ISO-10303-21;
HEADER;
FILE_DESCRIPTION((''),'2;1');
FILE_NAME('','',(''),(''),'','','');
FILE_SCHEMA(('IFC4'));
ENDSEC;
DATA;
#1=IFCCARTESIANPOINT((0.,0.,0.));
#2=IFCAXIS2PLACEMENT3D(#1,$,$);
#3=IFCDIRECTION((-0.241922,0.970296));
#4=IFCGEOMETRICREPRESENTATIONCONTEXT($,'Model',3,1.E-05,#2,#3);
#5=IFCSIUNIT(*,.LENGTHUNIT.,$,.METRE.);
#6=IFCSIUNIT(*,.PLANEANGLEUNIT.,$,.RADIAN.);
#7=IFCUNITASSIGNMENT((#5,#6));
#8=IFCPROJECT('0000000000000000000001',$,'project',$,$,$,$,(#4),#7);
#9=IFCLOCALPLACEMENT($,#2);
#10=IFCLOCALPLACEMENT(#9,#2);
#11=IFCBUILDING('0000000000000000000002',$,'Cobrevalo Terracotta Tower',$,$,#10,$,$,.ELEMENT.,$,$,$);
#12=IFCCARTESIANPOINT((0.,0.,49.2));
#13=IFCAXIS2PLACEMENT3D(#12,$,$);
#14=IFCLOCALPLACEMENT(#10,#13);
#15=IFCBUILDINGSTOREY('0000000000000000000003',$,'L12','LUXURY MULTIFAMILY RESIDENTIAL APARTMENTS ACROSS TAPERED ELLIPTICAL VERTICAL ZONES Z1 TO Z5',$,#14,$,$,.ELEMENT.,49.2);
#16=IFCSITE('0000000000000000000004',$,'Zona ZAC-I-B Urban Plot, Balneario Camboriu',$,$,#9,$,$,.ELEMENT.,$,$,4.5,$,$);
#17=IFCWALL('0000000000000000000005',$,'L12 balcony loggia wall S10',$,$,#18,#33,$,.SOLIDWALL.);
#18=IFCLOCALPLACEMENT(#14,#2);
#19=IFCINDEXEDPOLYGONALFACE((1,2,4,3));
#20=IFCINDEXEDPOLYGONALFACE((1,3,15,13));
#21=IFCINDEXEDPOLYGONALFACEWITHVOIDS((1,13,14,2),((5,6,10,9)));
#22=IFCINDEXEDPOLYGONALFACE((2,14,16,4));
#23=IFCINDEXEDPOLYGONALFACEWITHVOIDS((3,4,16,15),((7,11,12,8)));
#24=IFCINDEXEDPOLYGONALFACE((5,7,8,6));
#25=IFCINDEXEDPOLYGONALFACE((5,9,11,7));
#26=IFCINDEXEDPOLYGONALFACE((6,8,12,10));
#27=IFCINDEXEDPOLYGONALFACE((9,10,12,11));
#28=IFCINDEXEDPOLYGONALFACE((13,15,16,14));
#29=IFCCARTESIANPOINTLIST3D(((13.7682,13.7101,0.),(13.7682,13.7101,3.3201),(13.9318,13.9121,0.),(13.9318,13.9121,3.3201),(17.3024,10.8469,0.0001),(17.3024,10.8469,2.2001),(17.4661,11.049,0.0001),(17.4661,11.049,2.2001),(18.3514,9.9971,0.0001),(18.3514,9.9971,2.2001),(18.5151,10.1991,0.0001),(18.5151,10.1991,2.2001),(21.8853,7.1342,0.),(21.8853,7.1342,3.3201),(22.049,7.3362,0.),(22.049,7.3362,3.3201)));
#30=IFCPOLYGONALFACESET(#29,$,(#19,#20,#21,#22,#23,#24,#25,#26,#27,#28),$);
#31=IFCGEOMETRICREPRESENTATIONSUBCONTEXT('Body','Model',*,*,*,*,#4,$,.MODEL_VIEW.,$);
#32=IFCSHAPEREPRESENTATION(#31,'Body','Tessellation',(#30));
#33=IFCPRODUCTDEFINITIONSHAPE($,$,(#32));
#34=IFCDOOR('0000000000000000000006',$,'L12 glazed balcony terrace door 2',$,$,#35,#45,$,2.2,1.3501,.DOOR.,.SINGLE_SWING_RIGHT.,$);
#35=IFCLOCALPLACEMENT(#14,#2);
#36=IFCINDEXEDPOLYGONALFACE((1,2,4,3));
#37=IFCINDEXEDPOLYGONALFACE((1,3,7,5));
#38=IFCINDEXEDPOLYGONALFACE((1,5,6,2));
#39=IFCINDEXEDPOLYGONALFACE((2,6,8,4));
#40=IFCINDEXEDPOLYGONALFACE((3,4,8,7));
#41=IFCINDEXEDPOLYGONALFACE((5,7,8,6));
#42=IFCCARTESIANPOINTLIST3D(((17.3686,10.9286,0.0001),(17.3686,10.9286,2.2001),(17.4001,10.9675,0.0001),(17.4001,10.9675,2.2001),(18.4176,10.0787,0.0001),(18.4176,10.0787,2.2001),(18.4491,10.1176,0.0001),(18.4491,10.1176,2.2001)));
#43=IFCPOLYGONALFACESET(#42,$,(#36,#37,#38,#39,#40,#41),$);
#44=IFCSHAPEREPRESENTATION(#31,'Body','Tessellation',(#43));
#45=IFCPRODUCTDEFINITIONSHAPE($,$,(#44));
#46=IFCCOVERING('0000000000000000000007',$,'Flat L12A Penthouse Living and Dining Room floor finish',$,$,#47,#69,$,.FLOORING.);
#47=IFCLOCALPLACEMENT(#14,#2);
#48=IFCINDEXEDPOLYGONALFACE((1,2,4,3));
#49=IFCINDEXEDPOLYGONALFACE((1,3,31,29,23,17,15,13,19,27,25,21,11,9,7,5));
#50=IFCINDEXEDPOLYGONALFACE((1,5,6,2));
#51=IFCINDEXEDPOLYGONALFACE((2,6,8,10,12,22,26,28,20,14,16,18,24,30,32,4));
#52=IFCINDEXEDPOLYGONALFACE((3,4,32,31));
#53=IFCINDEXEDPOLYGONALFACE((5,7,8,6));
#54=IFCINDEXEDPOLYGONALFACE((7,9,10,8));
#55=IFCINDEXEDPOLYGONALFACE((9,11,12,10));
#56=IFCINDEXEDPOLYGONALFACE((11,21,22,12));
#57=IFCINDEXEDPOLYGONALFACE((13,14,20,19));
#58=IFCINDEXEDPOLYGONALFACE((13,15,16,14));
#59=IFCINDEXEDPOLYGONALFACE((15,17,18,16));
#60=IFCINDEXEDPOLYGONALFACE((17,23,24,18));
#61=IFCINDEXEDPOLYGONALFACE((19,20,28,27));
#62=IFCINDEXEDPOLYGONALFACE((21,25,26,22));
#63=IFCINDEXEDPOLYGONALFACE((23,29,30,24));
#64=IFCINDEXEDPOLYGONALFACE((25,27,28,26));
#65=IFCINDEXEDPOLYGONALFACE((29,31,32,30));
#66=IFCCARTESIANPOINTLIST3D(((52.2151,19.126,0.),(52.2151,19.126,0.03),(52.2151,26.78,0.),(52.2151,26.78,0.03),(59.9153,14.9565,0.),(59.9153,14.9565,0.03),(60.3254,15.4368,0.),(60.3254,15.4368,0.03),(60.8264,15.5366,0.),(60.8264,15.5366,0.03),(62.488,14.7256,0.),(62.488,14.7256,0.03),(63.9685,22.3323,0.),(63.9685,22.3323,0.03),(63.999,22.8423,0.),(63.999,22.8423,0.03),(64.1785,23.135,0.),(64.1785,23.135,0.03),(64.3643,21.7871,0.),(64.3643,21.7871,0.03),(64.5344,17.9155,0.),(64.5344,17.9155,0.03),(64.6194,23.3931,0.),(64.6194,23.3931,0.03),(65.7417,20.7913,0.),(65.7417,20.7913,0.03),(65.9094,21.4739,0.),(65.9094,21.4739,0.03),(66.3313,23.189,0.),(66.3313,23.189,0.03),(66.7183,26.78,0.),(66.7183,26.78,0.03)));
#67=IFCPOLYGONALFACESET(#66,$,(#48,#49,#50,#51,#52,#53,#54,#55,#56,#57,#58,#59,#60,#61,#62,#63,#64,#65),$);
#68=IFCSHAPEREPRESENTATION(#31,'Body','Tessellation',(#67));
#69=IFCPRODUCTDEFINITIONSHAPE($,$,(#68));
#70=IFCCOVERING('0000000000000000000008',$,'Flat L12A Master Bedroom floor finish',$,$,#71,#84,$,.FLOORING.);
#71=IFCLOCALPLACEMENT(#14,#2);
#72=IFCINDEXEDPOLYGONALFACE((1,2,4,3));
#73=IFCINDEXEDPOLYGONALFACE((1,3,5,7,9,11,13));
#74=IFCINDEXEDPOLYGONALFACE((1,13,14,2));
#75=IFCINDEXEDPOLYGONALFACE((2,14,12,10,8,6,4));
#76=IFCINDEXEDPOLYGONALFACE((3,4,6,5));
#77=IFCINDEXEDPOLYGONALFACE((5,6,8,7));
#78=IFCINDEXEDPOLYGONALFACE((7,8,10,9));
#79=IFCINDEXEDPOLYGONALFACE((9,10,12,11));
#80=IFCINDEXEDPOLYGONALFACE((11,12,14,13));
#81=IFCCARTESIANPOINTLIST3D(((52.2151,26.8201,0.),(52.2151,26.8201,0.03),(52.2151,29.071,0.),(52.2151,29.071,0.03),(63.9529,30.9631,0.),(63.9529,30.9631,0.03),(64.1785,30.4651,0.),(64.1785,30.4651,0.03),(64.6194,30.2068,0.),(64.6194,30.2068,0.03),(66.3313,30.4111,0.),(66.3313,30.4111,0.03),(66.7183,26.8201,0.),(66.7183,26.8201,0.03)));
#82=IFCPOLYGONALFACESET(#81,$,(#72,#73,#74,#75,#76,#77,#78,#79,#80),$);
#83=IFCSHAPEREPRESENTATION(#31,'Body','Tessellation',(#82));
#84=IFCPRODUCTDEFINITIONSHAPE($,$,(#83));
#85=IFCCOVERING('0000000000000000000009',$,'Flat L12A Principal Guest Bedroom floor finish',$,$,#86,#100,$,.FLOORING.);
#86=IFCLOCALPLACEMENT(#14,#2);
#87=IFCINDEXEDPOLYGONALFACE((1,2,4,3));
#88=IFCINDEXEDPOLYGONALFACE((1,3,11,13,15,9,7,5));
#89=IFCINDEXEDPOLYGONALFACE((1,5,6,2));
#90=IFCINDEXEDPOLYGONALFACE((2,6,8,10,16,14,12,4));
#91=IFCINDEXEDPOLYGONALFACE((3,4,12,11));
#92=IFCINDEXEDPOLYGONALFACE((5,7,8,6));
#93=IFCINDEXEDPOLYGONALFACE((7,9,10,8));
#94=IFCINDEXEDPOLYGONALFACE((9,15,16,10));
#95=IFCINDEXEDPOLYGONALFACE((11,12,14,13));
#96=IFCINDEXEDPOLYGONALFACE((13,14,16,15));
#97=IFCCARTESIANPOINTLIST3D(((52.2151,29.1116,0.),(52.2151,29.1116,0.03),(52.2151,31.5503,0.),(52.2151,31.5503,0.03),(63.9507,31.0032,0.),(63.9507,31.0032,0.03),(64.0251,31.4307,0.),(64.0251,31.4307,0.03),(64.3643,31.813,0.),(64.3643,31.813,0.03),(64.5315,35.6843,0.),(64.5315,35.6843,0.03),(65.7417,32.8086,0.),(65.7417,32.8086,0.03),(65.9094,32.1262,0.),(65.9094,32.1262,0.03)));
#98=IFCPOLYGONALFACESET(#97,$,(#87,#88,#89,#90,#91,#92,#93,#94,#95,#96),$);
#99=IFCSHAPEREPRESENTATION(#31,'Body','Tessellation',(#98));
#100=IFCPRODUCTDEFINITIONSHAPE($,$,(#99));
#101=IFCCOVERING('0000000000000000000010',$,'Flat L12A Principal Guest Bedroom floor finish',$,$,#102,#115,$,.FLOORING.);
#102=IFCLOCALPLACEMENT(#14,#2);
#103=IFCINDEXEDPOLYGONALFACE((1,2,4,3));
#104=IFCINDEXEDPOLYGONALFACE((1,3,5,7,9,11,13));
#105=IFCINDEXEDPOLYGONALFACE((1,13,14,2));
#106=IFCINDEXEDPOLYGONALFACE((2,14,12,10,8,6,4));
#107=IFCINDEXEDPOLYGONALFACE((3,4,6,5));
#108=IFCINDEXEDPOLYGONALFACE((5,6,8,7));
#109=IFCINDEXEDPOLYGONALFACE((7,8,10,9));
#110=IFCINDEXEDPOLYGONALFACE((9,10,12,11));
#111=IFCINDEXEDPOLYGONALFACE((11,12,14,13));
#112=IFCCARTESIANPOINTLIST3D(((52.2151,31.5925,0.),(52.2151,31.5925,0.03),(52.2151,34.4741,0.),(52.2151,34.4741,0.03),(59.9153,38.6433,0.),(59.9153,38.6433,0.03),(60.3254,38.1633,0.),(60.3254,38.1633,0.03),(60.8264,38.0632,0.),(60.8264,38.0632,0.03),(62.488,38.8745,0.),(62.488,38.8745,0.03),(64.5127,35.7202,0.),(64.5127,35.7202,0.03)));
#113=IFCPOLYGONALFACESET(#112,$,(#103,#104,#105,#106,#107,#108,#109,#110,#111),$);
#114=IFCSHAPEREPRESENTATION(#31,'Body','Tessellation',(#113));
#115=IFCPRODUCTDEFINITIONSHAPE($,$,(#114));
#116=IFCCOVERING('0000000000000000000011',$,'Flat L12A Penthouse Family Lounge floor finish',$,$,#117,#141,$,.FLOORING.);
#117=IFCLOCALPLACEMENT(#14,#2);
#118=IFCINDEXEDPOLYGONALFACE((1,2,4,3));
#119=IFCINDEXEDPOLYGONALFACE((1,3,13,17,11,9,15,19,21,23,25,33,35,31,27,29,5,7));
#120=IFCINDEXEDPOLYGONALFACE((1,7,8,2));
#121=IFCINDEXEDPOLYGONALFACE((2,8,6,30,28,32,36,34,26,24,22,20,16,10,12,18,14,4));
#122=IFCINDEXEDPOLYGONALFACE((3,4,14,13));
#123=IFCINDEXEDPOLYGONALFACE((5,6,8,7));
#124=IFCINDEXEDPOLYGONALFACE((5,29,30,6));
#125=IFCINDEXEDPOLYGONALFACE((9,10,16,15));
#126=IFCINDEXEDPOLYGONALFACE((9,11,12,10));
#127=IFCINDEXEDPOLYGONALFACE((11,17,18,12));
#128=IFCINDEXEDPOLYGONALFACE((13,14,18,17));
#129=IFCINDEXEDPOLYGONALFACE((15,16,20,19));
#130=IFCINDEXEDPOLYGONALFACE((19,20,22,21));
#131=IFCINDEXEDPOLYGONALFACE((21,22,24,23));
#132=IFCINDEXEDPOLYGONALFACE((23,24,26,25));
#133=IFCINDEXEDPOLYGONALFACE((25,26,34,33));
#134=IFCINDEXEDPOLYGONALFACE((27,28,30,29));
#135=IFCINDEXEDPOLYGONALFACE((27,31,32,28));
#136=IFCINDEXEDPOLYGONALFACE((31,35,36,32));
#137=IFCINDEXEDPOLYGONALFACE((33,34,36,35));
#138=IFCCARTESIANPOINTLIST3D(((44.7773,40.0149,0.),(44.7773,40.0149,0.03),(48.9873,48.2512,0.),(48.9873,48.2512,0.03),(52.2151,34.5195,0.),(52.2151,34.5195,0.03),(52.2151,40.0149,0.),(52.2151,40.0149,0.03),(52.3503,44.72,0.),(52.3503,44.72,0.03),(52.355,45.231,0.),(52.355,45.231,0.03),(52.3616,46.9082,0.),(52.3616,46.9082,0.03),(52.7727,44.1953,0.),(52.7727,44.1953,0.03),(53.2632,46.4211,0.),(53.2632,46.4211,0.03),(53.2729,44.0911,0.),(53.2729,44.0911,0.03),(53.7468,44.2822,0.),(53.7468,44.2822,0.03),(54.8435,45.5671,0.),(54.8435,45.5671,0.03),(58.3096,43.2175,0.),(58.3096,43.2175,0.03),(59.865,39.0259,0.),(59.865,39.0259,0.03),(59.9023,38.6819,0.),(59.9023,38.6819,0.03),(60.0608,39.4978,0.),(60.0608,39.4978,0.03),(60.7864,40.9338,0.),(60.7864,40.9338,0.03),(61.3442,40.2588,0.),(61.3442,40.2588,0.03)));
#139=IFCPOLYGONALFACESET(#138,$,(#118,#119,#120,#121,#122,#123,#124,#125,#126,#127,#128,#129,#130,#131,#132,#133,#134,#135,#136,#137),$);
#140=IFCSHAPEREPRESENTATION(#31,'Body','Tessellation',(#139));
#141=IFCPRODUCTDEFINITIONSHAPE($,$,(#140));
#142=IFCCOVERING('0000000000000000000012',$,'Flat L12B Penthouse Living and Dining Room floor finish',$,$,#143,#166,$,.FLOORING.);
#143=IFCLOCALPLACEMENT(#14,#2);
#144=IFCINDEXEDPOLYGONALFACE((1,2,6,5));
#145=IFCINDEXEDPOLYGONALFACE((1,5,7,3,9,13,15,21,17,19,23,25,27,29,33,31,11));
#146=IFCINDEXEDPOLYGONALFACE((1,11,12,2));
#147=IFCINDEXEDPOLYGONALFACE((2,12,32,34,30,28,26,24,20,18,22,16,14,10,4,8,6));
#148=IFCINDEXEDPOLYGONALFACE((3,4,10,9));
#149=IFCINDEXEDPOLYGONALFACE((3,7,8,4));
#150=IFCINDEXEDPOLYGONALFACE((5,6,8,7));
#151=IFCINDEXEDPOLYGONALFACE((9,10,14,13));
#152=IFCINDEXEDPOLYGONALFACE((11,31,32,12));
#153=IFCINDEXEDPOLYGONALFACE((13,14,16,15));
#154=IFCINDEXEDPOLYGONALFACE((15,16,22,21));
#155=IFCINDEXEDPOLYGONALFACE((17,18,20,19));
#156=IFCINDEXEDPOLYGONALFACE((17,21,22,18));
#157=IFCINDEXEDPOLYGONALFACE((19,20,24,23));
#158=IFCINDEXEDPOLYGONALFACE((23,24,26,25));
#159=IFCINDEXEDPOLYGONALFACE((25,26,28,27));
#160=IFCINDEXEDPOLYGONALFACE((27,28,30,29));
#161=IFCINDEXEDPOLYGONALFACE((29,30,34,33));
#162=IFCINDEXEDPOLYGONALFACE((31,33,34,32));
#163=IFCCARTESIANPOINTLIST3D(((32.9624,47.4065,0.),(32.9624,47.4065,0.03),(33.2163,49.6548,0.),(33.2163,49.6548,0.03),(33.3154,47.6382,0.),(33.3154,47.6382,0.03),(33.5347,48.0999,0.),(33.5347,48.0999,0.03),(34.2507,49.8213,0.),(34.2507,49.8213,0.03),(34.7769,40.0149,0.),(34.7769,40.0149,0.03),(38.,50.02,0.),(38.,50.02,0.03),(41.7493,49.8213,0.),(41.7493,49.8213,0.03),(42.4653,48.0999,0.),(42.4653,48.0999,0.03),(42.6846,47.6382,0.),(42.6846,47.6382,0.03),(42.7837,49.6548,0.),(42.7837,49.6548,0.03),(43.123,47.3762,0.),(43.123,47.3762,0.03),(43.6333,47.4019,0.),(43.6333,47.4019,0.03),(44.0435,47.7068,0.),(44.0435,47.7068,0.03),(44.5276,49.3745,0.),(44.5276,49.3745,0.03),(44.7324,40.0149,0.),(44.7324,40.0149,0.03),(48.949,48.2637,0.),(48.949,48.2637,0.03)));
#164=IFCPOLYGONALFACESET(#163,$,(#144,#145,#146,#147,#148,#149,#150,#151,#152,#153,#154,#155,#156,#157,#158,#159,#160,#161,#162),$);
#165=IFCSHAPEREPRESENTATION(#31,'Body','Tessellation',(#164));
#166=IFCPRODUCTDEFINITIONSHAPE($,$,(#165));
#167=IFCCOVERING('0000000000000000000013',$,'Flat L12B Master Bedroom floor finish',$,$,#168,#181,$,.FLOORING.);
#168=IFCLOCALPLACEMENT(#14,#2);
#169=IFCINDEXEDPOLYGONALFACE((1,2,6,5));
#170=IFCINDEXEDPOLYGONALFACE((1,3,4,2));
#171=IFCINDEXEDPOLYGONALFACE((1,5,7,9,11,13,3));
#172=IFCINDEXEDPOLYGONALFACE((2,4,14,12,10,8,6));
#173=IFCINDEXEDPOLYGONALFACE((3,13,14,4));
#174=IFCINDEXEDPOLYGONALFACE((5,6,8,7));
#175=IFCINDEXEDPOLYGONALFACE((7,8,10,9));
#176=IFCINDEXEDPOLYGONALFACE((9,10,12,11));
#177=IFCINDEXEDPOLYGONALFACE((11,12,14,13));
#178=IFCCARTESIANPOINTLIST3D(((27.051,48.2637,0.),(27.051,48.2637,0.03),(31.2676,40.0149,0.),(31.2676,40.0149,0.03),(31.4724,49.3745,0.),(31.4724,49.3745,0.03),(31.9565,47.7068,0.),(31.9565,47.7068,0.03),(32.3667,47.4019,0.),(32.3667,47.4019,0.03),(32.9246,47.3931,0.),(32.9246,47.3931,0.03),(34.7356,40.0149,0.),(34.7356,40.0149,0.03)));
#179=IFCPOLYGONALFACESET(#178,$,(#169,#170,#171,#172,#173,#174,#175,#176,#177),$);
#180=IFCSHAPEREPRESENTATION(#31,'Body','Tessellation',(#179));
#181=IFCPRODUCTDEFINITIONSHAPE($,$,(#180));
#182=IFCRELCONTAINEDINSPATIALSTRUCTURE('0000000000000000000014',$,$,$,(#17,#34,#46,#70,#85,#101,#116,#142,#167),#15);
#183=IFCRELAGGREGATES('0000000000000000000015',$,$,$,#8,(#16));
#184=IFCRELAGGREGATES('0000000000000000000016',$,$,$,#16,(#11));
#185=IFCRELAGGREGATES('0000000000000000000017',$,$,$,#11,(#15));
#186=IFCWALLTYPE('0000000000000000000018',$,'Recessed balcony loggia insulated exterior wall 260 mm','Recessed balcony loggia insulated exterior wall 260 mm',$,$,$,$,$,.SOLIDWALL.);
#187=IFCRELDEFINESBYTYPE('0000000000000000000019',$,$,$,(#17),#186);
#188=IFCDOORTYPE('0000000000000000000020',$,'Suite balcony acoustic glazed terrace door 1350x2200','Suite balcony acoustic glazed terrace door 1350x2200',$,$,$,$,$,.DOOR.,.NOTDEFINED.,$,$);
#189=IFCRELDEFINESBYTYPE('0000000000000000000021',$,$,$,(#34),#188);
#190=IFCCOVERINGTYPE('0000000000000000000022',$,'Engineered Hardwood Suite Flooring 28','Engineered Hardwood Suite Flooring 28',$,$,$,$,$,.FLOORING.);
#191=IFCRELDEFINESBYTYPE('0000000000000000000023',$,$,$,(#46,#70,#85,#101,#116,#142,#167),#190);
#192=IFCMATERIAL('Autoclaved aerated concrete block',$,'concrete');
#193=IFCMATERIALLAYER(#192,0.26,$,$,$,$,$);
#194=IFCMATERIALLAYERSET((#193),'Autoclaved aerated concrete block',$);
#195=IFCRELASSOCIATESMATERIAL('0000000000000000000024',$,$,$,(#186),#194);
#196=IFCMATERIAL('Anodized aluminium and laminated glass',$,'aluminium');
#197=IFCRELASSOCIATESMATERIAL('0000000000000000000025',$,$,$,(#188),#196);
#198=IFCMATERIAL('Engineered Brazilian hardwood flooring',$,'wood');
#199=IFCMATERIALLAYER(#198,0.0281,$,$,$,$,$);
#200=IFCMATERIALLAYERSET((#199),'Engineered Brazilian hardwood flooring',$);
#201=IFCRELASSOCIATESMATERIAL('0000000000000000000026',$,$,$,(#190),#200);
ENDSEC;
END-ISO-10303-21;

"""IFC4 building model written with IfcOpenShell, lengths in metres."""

from ifc_helpers import new_model, si_unit, direction, frame, frame_2d, origin, place, context, subcontext, project, spatial, polyline, rectangle, outline, extrude, source, transform, mapped, material, layer, layer_set, type_object, element, fill, save


model = new_model("IFC4")

# Units and contexts
model_context = context("Model", 3, precision=1e-05, world=origin(), true_north=direction((-0.241922, 0.970296)))
body_context = subcontext(model_context, "Body", "Model", "MODEL_VIEW")
ifc_project = project(units=[si_unit("LENGTHUNIT", "METRE"), si_unit("PLANEANGLEUNIT", "RADIAN")], contexts=[model_context])

# Site, building, storey
site_placement = place(None, origin())
site = spatial("IfcSite", under=ifc_project, at=site_placement, Name="Zona ZAC-I-B Urban Plot, Balneario Camboriu", CompositionType="ELEMENT", RefElevation=4.5)
building_placement = place(site_placement, origin())
building = spatial("IfcBuilding", under=site, at=building_placement, Name="Cobrevalo Terracotta Tower", CompositionType="ELEMENT")
storey_placement = place(building_placement, frame((0.0, 0.0, 49.2)))
storey = spatial("IfcBuildingStorey", under=building, at=storey_placement, Name="L12", Description="LUXURY MULTIFAMILY RESIDENTIAL APARTMENTS ACROSS TAPERED ELLIPTICAL VERTICAL ZONES Z1 TO Z5", CompositionType="ELEMENT", Elevation=49.2)

# Wall, opening, door
ifc_material_1 = material(Name="Autoclaved aerated concrete block", Category="concrete")
ifc_layer_1 = layer(ifc_material_1, 0.26)
ifc_layer_set_1 = layer_set([ifc_layer_1], Name="Autoclaved aerated concrete block")
wall_type = type_object("IfcWallType", Name="Recessed balcony loggia insulated exterior wall 260 mm", Description="Recessed balcony loggia insulated exterior wall 260 mm", PredefinedType="SOLIDWALL", material=ifc_layer_set_1)
wall_placement = place(storey_placement, frame((13.8501, 13.811, 0.0), z_axis=(0.0, 0.0, 1.0), x_axis=(0.777017, -0.62948, 0.0)))
wall = element("IfcWall", 1, at=wall_placement, inside=storey, type_object=wall_type, Name="L12 balcony loggia wall S10", PredefinedType="SOLIDWALL", context=body_context, shape_type="SweptSolid", body=[
    extrude(rectangle(XDim=10.4465, YDim=0.26, at=frame_2d((5.2231, 0.0))), origin(), (0.0, 0.0, 1.0), 3.3201),
])
opening_placement = place(wall_placement, frame((4.5483, 0.0, 0.0)))
opening = element("IfcOpeningElement", 2, at=opening_placement, cuts=wall, PredefinedType="OPENING", context=body_context, shape_type="SweptSolid", body=[
    extrude(rectangle(XDim=1.3501, YDim=2.2, at=frame_2d((0.675, 1.1001))), frame((0.0, 0.1401, 0.0), z_axis=(0.0, -1.0, 0.0), x_axis=(1.0, 0.0, 0.0)), (0.0, 0.0, 1.0), 0.28),
])
ifc_material_2 = material(Name="Anodized aluminium and laminated glass", Category="aluminium")
door_type = type_object("IfcDoorType", Name="Suite balcony acoustic glazed terrace door 1350x2200", Description="Suite balcony acoustic glazed terrace door 1350x2200", OperationType="NOTDEFINED", PredefinedType="DOOR", material=ifc_material_2)
shared_shape_1 = source(origin(), body_context, "Body", "SweptSolid", [
    extrude(rectangle(XDim=1.3501, YDim=2.2, at=frame_2d((0.675, 1.1001))), frame((0.0, 0.0249, 0.0), z_axis=(0.0, -1.0, 0.0), x_axis=(1.0, 0.0, 0.0)), (0.0, 0.0, 1.0), 0.05),
])
door_placement = place(opening_placement, frame((1.3501, 0.0, 0.0), z_axis=(0.0, 0.0, 1.0), x_axis=(-1.0, 0.0, 0.0)))
door = element("IfcDoor", 3, at=door_placement, inside=storey, type_object=door_type, Name="L12 glazed balcony terrace door 2", OperationType="SINGLE_SWING_RIGHT", OverallHeight=2.2, OverallWidth=1.3501, PredefinedType="DOOR", context=body_context, shape_type="MappedRepresentation", body=[
    mapped(shared_shape_1, transform((0.0, 0.0, 0.0), scale=1.0)),
])
fill(opening, door)

# Coverings
ifc_material_3 = material(Name="Engineered Brazilian hardwood flooring", Category="wood")
ifc_layer_2 = layer(ifc_material_3, 0.0281)
ifc_layer_set_2 = layer_set([ifc_layer_2], Name="Engineered Brazilian hardwood flooring")
covering_type_1 = type_object("IfcCoveringType", Name="Engineered Hardwood Suite Flooring 28", Description="Engineered Hardwood Suite Flooring 28", PredefinedType="FLOORING", material=ifc_layer_set_2)
covering_1_placement = place(storey_placement, origin())
element("IfcCovering", 4, at=covering_1_placement, inside=storey, type_object=covering_type_1, Name="Flat L12A Penthouse Living and Dining Room floor finish", PredefinedType="FLOORING", context=body_context, shape_type="SweptSolid", body=[
    extrude(outline(polyline([(62.488, 14.7256), (60.8264, 15.5366), (60.3254, 15.4368), (59.9153, 14.9565), (52.2151, 19.126), (52.2151, 26.78), (66.7183, 26.78), (66.3313, 23.189), (64.6194, 23.3931), (64.1785, 23.135), (63.999, 22.8423), (63.9685, 22.3323), (64.3643, 21.7871), (65.9094, 21.4739), (65.7417, 20.7913), (64.5344, 17.9155), (62.488, 14.7256)])), origin(), (0.0, 0.0, 1.0), 0.03),
])
covering_2_placement = place(storey_placement, origin())
element("IfcCovering", 5, at=covering_2_placement, inside=storey, type_object=covering_type_1, Name="Flat L12A Master Bedroom floor finish", PredefinedType="FLOORING", context=body_context, shape_type="SweptSolid", body=[
    extrude(outline(polyline([(63.9529, 30.9631), (64.1785, 30.4651), (64.6194, 30.2068), (66.3313, 30.4111), (66.7183, 26.8201), (52.2151, 26.8201), (52.2151, 29.071), (63.9529, 30.9631)])), origin(), (0.0, 0.0, 1.0), 0.03),
])
covering_3_placement = place(storey_placement, origin())
element("IfcCovering", 6, at=covering_3_placement, inside=storey, type_object=covering_type_1, Name="Flat L12A Principal Guest Bedroom floor finish", PredefinedType="FLOORING", context=body_context, shape_type="SweptSolid", body=[
    extrude(outline(polyline([(64.5315, 35.6843), (65.7417, 32.8086), (65.9094, 32.1262), (64.3643, 31.813), (64.0251, 31.4307), (63.9507, 31.0032), (52.2151, 29.1116), (52.2151, 31.5503), (64.5315, 35.6843)])), origin(), (0.0, 0.0, 1.0), 0.03),
])
covering_4_placement = place(storey_placement, origin())
element("IfcCovering", 7, at=covering_4_placement, inside=storey, type_object=covering_type_1, Name="Flat L12A Principal Guest Bedroom floor finish", PredefinedType="FLOORING", context=body_context, shape_type="SweptSolid", body=[
    extrude(outline(polyline([(59.9153, 38.6433), (60.3254, 38.1633), (60.8264, 38.0632), (62.488, 38.8745), (64.5127, 35.7202), (52.2151, 31.5925), (52.2151, 34.4741), (59.9153, 38.6433)])), origin(), (0.0, 0.0, 1.0), 0.03),
])
covering_5_placement = place(storey_placement, origin())
element("IfcCovering", 8, at=covering_5_placement, inside=storey, type_object=covering_type_1, Name="Flat L12A Penthouse Family Lounge floor finish", PredefinedType="FLOORING", context=body_context, shape_type="SweptSolid", body=[
    extrude(outline(polyline([(44.7773, 40.0149), (48.9873, 48.2512), (52.3616, 46.9082), (53.2632, 46.4211), (52.355, 45.231), (52.3503, 44.72), (52.7727, 44.1953), (53.2729, 44.0911), (53.7468, 44.2822), (54.8435, 45.5671), (58.3096, 43.2175), (60.7864, 40.9338), (61.3442, 40.2588), (60.0608, 39.4978), (59.865, 39.0259), (59.9023, 38.6819), (52.2151, 34.5195), (52.2151, 40.0149), (44.7773, 40.0149)])), origin(), (0.0, 0.0, 1.0), 0.03),
])
covering_6_placement = place(storey_placement, origin())
element("IfcCovering", 9, at=covering_6_placement, inside=storey, type_object=covering_type_1, Name="Flat L12B Penthouse Living and Dining Room floor finish", PredefinedType="FLOORING", context=body_context, shape_type="SweptSolid", body=[
    extrude(outline(polyline([(38.0, 50.02), (41.7493, 49.8213), (42.7837, 49.6548), (42.4653, 48.0999), (42.6846, 47.6382), (43.123, 47.3762), (43.6333, 47.4019), (44.0435, 47.7068), (44.5276, 49.3745), (48.949, 48.2637), (44.7324, 40.0149), (34.7769, 40.0149), (32.9624, 47.4065), (33.3154, 47.6382), (33.5347, 48.0999), (33.2163, 49.6548), (34.2507, 49.8213), (38.0, 50.02)])), origin(), (0.0, 0.0, 1.0), 0.03),
])
covering_7_placement = place(storey_placement, origin())
element("IfcCovering", 10, at=covering_7_placement, inside=storey, type_object=covering_type_1, Name="Flat L12B Master Bedroom floor finish", PredefinedType="FLOORING", context=body_context, shape_type="SweptSolid", body=[
    extrude(outline(polyline([(31.4724, 49.3745), (31.9565, 47.7068), (32.3667, 47.4019), (32.9246, 47.3931), (34.7356, 40.0149), (31.2676, 40.0149), (27.051, 48.2637), (31.4724, 49.3745)])), origin(), (0.0, 0.0, 1.0), 0.03),
])

save(model, "model.ifc")
